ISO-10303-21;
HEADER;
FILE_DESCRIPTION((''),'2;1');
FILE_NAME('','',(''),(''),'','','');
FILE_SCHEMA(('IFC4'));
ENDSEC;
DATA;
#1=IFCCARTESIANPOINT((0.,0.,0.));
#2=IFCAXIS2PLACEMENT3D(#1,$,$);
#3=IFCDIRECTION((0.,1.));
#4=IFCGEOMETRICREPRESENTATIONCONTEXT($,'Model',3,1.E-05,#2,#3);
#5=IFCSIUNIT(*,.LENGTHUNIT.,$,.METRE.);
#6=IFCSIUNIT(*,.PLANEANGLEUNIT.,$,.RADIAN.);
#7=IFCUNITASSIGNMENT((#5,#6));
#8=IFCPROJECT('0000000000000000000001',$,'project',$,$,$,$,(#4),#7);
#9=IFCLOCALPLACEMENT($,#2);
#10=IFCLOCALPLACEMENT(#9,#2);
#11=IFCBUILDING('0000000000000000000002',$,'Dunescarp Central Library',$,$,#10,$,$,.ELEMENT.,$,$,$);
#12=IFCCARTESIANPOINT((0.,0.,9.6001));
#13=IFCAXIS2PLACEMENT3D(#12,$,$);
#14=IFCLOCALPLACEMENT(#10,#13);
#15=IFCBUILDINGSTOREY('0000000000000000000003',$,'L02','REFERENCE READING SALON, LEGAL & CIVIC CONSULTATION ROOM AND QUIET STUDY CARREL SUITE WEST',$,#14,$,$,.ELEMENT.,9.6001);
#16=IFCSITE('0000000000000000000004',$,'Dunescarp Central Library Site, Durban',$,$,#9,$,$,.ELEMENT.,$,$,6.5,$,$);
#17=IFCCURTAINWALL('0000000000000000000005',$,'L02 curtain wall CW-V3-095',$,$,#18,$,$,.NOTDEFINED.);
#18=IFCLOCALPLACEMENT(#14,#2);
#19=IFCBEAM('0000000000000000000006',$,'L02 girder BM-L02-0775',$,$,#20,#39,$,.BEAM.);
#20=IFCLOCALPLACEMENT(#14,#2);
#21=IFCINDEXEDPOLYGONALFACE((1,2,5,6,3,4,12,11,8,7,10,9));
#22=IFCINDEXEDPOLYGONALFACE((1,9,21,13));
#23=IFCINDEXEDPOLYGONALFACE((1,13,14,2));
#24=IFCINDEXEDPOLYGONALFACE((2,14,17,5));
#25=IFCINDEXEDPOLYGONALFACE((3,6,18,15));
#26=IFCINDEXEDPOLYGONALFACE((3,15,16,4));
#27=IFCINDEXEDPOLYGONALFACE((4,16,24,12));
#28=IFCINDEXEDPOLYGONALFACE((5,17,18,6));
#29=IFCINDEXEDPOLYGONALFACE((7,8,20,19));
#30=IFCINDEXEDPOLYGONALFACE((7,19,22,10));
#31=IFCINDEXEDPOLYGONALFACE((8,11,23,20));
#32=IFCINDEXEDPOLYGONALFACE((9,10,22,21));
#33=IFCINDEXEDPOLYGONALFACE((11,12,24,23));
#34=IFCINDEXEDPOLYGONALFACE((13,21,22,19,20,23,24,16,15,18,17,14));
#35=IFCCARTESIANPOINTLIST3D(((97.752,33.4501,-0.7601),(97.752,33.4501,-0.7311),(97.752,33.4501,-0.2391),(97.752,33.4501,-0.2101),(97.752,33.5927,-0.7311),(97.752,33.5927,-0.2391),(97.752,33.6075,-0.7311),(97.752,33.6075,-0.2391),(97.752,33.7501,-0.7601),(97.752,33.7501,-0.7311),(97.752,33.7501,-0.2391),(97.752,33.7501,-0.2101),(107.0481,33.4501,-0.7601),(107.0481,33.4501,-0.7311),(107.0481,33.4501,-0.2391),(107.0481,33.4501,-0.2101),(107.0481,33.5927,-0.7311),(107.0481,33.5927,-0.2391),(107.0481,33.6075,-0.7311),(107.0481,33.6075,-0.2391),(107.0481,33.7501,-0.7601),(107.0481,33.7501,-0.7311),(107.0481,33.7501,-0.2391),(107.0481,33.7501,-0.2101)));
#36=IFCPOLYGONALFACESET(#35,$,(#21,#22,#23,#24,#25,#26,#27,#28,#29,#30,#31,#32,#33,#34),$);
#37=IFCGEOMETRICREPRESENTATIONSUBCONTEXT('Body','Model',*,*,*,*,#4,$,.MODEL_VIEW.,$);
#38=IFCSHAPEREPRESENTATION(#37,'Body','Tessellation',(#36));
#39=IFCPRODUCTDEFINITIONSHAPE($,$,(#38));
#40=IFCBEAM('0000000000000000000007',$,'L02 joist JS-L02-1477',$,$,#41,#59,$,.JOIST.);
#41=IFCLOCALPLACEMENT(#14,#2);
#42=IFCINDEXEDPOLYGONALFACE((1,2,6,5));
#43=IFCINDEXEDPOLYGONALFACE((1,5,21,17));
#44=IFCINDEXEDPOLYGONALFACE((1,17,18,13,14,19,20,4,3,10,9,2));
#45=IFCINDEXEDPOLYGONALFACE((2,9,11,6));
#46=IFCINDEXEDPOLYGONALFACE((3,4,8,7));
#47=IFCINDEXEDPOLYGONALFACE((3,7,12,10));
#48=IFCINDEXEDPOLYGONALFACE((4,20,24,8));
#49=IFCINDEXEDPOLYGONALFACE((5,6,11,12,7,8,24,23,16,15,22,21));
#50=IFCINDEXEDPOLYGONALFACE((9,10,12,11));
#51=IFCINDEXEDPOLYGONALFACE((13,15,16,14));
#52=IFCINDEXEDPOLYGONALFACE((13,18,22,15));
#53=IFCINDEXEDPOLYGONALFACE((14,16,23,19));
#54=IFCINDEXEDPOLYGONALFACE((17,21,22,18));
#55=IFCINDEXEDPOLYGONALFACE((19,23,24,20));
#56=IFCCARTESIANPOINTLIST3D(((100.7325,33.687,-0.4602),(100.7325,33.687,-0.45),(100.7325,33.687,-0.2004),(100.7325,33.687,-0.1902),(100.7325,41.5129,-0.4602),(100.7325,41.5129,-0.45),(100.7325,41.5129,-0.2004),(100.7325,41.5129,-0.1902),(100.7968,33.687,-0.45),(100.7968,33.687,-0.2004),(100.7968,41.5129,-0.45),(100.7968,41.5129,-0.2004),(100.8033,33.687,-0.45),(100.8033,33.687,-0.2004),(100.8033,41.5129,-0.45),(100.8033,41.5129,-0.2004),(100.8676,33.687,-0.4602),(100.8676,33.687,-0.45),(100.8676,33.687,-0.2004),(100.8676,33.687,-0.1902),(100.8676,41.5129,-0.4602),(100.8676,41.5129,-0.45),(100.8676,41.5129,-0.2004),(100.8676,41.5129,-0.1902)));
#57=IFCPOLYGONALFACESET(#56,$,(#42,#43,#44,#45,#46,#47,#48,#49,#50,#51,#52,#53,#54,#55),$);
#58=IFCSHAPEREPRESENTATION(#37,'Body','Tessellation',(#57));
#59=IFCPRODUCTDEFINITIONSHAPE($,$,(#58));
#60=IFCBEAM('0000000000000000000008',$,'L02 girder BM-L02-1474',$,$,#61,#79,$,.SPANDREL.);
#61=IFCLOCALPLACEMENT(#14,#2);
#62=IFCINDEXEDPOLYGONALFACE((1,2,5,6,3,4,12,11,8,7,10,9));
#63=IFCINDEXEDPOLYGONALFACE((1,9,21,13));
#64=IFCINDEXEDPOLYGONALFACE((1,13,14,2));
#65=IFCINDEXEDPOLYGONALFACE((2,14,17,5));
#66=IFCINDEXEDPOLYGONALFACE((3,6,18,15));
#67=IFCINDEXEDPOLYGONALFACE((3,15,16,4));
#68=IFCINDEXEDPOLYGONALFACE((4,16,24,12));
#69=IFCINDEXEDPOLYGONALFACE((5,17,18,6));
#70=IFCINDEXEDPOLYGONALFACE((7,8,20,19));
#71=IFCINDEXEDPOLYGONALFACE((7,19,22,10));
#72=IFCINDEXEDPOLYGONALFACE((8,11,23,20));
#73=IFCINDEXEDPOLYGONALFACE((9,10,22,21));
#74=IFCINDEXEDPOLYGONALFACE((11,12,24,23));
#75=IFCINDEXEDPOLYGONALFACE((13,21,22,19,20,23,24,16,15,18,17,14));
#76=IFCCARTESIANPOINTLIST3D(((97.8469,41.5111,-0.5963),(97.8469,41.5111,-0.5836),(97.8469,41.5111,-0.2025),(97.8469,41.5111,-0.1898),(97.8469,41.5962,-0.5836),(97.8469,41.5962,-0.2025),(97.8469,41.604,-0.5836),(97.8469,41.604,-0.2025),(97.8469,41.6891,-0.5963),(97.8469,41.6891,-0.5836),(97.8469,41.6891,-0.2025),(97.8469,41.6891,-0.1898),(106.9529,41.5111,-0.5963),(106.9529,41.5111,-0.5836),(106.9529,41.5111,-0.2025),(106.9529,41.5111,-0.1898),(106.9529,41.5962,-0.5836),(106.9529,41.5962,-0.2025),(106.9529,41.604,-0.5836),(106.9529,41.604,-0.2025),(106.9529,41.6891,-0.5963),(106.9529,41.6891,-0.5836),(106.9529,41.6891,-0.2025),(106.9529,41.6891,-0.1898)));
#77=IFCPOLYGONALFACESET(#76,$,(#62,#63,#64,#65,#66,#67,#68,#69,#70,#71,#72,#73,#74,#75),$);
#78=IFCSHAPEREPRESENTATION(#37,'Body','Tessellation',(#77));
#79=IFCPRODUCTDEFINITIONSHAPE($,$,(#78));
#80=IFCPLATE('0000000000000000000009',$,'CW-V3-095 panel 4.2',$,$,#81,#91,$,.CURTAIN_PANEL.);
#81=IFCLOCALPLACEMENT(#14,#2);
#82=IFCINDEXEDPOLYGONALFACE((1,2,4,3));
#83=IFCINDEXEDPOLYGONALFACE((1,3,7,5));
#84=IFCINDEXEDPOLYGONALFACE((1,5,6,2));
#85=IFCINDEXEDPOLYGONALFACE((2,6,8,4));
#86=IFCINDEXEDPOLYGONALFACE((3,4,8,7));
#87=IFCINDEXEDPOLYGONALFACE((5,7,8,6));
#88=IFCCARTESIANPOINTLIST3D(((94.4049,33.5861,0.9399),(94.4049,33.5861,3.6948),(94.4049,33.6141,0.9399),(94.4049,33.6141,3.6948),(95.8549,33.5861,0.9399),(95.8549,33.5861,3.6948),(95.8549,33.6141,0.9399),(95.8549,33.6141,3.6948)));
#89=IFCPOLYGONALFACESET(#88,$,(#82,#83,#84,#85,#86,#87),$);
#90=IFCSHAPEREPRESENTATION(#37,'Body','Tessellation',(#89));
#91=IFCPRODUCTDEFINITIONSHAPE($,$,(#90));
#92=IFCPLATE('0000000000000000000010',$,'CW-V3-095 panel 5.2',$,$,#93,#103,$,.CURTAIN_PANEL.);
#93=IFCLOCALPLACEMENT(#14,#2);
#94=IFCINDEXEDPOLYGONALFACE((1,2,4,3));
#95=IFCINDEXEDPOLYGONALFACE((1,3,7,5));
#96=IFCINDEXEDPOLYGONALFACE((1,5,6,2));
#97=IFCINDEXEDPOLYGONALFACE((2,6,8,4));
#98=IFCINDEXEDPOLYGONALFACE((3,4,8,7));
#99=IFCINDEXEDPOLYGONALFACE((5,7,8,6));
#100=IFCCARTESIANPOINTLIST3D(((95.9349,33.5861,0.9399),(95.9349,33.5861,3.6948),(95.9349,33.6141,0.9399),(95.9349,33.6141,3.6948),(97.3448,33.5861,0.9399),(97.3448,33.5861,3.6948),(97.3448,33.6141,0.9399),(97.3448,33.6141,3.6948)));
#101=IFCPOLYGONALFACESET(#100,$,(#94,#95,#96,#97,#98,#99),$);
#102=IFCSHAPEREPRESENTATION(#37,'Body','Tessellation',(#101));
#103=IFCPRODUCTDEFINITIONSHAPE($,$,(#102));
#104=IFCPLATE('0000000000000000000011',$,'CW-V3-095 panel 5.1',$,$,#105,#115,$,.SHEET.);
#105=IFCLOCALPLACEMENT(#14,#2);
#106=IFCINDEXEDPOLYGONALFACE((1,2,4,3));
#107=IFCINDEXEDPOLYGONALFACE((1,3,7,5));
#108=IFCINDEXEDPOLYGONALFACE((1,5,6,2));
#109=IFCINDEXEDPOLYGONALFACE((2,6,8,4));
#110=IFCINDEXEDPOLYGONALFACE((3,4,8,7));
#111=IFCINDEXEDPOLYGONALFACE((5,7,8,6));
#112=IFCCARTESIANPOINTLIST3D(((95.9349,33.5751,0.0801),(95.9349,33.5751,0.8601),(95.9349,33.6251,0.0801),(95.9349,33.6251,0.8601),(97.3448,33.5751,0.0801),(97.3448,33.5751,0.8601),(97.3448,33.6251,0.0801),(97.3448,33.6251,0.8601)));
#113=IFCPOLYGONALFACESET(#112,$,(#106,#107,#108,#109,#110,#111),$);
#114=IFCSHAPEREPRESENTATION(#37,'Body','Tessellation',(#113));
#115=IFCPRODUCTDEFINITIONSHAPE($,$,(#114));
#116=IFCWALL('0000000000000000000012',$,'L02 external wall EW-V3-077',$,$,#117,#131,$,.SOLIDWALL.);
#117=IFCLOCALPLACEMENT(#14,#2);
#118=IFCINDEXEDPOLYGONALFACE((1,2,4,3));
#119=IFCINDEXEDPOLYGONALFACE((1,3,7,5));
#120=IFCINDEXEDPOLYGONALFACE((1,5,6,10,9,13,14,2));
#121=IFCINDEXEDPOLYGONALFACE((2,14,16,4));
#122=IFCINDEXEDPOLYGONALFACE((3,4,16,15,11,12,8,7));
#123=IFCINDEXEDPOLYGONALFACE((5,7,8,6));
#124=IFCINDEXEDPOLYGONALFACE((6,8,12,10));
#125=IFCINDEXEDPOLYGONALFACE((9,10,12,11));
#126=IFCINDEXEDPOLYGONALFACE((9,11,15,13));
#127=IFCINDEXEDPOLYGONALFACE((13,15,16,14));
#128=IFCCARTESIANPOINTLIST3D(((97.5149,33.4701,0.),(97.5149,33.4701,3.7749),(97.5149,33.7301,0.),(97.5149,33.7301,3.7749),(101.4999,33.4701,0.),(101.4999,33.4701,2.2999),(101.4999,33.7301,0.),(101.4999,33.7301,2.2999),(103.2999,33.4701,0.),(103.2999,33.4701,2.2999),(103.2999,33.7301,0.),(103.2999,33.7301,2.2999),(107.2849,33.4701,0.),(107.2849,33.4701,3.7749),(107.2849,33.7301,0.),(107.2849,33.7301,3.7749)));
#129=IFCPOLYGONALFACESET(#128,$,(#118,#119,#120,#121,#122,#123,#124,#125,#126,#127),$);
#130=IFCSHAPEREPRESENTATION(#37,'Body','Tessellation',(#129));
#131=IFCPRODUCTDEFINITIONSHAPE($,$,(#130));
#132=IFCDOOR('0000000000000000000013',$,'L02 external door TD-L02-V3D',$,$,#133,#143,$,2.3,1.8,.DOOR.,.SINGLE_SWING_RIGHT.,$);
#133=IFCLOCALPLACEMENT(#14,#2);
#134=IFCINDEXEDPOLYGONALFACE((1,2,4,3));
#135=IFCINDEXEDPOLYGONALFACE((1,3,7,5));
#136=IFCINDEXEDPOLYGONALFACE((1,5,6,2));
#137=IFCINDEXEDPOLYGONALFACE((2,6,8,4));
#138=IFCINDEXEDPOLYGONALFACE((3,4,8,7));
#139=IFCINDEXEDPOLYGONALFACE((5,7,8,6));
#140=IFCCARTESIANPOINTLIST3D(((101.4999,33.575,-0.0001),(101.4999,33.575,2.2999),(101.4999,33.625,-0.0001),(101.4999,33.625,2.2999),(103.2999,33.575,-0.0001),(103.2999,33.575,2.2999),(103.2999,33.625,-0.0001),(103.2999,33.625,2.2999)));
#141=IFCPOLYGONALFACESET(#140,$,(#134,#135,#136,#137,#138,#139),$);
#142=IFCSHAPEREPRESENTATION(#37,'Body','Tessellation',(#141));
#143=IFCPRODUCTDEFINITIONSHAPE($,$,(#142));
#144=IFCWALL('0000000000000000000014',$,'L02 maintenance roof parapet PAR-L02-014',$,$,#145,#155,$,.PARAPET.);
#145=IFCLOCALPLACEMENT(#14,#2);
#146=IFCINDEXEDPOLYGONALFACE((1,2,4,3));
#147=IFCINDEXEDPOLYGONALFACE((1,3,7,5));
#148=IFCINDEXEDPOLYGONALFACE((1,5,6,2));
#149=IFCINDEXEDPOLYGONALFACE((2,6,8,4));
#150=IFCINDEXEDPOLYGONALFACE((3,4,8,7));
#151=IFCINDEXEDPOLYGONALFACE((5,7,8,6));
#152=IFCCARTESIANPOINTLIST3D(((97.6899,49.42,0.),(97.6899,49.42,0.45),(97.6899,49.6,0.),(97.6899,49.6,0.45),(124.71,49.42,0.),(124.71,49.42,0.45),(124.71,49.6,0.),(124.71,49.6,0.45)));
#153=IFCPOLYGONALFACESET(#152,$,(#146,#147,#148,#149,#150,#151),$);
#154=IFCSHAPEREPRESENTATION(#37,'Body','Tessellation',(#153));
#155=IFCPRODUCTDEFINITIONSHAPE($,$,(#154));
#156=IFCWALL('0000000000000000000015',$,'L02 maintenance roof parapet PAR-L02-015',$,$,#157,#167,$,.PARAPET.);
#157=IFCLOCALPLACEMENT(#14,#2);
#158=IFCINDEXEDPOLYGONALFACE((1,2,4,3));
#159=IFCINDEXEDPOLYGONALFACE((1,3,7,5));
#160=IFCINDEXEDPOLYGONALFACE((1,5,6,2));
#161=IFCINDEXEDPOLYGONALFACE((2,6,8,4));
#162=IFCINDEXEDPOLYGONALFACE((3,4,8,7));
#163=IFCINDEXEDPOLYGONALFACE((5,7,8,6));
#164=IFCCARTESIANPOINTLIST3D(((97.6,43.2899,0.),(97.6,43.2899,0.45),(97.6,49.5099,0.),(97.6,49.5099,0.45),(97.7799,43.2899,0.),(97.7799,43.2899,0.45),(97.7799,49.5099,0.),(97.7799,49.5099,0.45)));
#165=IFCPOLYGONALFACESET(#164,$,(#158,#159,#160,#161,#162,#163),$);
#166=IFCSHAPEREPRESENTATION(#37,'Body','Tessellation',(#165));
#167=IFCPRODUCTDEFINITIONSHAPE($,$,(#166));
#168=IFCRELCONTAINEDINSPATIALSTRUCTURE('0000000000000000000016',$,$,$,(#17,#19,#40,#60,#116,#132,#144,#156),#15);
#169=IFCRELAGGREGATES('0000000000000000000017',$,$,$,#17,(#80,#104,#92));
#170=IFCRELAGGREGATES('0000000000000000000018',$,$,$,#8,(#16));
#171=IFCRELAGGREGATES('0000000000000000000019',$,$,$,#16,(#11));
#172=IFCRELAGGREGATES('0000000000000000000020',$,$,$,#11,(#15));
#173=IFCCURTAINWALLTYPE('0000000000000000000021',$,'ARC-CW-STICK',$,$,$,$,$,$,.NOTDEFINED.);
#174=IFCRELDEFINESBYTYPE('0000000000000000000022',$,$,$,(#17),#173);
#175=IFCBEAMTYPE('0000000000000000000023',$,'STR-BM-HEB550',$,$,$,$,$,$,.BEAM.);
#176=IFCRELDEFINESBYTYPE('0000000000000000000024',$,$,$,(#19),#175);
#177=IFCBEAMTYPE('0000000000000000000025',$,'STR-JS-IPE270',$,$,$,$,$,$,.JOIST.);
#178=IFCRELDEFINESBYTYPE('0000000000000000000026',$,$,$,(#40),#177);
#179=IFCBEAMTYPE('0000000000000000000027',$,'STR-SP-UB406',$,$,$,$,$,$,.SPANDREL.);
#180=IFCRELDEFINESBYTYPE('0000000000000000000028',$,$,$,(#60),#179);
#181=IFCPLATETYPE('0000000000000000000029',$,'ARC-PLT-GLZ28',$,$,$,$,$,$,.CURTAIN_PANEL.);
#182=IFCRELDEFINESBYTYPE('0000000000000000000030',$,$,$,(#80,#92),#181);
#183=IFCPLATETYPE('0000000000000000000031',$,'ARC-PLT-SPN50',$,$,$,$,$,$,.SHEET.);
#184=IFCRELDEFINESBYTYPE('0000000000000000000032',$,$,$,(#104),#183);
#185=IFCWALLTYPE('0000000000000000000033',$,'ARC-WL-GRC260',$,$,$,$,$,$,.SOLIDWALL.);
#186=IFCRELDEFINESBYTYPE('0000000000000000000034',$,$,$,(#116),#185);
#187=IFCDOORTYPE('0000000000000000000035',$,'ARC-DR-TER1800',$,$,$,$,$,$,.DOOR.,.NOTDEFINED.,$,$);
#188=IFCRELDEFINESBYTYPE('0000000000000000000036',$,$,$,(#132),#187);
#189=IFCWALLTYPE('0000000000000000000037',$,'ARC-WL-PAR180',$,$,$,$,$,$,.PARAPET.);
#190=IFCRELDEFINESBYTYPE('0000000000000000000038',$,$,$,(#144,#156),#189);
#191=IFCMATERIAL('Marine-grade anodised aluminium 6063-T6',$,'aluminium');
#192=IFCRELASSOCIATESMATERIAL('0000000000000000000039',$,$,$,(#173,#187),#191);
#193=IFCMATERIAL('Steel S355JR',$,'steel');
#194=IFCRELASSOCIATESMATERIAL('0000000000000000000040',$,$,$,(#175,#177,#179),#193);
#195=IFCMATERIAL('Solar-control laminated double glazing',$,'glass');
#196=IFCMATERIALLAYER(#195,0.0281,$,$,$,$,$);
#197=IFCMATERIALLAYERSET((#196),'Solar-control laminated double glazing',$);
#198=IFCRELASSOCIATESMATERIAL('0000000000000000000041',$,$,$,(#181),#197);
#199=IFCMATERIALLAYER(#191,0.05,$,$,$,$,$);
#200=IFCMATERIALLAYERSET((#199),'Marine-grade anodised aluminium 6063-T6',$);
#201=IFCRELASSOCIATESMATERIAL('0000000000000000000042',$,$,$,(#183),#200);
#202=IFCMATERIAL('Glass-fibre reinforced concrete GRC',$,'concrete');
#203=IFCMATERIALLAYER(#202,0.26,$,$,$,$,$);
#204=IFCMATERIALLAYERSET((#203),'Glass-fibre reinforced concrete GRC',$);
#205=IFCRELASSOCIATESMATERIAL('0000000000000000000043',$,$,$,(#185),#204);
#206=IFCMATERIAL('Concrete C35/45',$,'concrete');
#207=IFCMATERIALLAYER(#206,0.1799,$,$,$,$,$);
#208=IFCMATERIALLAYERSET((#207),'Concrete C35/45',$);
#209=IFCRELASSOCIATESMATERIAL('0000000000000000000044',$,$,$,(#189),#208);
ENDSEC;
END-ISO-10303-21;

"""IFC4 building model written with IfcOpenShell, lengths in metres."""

from ifc_helpers import new_model, si_unit, direction, frame, frame_2d, origin, origin_2d, place, context, subcontext, project, spatial, rectangle, i_section, extrude, material, layer, layer_set, material_profile, profile_set, type_object, element, fill, aggregate, save


model = new_model("IFC4")

# Units and contexts
model_context = context("Model", 3, precision=1e-05, world=origin(), true_north=direction((0.0, 1.0)))
body_context = subcontext(model_context, "Body", "Model", "MODEL_VIEW")
ifc_project = project(units=[si_unit("LENGTHUNIT", "METRE"), si_unit("PLANEANGLEUNIT", "RADIAN")], contexts=[model_context])

# Site, building, storey
site_placement = place(None, origin())
site = spatial("IfcSite", under=ifc_project, at=site_placement, Name="Dunescarp Central Library Site, Durban", CompositionType="ELEMENT", RefElevation=6.5)
building_placement = place(site_placement, origin())
building = spatial("IfcBuilding", under=site, at=building_placement, Name="Dunescarp Central Library", CompositionType="ELEMENT")
storey_placement = place(building_placement, frame((0.0, 0.0, 9.6001)))
storey = spatial("IfcBuildingStorey", under=building, at=storey_placement, Name="L02", Description="REFERENCE READING SALON, LEGAL & CIVIC CONSULTATION ROOM AND QUIET STUDY CARREL SUITE WEST", CompositionType="ELEMENT", Elevation=9.6001)

# Shared definitions
ifc_material_1 = material(Name="Steel S355JR", Category="steel")

# Curtain wall
ifc_material_2 = material(Name="Marine-grade anodised aluminium 6063-T6", Category="aluminium")
curtain_wall_type = type_object("IfcCurtainWallType", Name="ARC-CW-STICK", PredefinedType="NOTDEFINED", material=ifc_material_2)
curtain_wall_placement = place(storey_placement, origin())
curtain_wall = element("IfcCurtainWall", 1, at=curtain_wall_placement, inside=storey, type_object=curtain_wall_type, Name="L02 curtain wall CW-V3-095", PredefinedType="NOTDEFINED")

# Beams
ifc_material_profile_1 = material_profile(ifc_material_1, i_section(OverallWidth=0.3, OverallDepth=0.55, WebThickness=0.0149, FlangeThickness=0.0291, at=origin_2d()), Name="HEB 550")
ifc_profile_set_1 = profile_set([ifc_material_profile_1], Name="Steel S355JR")
beam_type_1 = type_object("IfcBeamType", Name="STR-BM-HEB550", PredefinedType="BEAM", material=ifc_profile_set_1)
beam_1_placement = place(storey_placement, frame((97.752, 33.6001, -0.4851), z_axis=(1.0, 0.0, 0.0), x_axis=(0.0, 1.0, 0.0)))
element("IfcBeam", 2, at=beam_1_placement, inside=storey, type_object=beam_type_1, Name="L02 girder BM-L02-0775", PredefinedType="BEAM", context=body_context, shape_type="SweptSolid", body=[
    extrude(i_section(OverallWidth=0.3, OverallDepth=0.55, WebThickness=0.0149, FlangeThickness=0.0291, at=origin_2d()), origin(), (0.0, 0.0, 1.0), 9.2961),
])
ifc_material_profile_2 = material_profile(ifc_material_1, i_section(OverallWidth=0.135, OverallDepth=0.27, WebThickness=0.0066, FlangeThickness=0.0103, at=origin_2d()), Name="IPE 270")
ifc_profile_set_2 = profile_set([ifc_material_profile_2], Name="Steel S355JR")
beam_type_2 = type_object("IfcBeamType", Name="STR-JS-IPE270", PredefinedType="JOIST", material=ifc_profile_set_2)
beam_2_placement = place(storey_placement, frame((100.8, 33.687, -0.3252), z_axis=(0.0, 1.0, 0.0), x_axis=(-1.0, 0.0, 0.0)))
element("IfcBeam", 3, at=beam_2_placement, inside=storey, type_object=beam_type_2, Name="L02 joist JS-L02-1477", PredefinedType="JOIST", context=body_context, shape_type="SweptSolid", body=[
    extrude(i_section(OverallWidth=0.135, OverallDepth=0.27, WebThickness=0.0066, FlangeThickness=0.0103, at=origin_2d()), origin(), (0.0, 0.0, 1.0), 7.8259),
])
ifc_material_profile_3 = material_profile(ifc_material_1, i_section(OverallWidth=0.178, OverallDepth=0.4065, WebThickness=0.0078, FlangeThickness=0.0127, at=origin_2d()), Name="UB 406x178x60")
ifc_profile_set_3 = profile_set([ifc_material_profile_3], Name="Steel S355JR")
beam_type_3 = type_object("IfcBeamType", Name="STR-SP-UB406", PredefinedType="SPANDREL", material=ifc_profile_set_3)
beam_3_placement = place(storey_placement, frame((97.8469, 41.6001, -0.3931), z_axis=(1.0, 0.0, 0.0), x_axis=(0.0, 1.0, 0.0)))
element("IfcBeam", 4, at=beam_3_placement, inside=storey, type_object=beam_type_3, Name="L02 girder BM-L02-1474", PredefinedType="SPANDREL", context=body_context, shape_type="SweptSolid", body=[
    extrude(i_section(OverallWidth=0.178, OverallDepth=0.4065, WebThickness=0.0078, FlangeThickness=0.0127, at=origin_2d()), origin(), (0.0, 0.0, 1.0), 9.106),
])

# Plates
ifc_material_3 = material(Name="Solar-control laminated double glazing", Category="glass")
ifc_layer_1 = layer(ifc_material_3, 0.0281)
ifc_layer_set_1 = layer_set([ifc_layer_1], Name="Solar-control laminated double glazing")
plate_type_1 = type_object("IfcPlateType", Name="ARC-PLT-GLZ28", PredefinedType="CURTAIN_PANEL", material=ifc_layer_set_1)
plate_1_placement = place(storey_placement, frame((95.1299, 33.6001, 0.9399), z_axis=(0.0, 0.0, 1.0), x_axis=(1.0, 0.0, 0.0)))
plate_1 = element("IfcPlate", 5, at=plate_1_placement, type_object=plate_type_1, Name="CW-V3-095 panel 4.2", PredefinedType="CURTAIN_PANEL", context=body_context, shape_type="SweptSolid", body=[
    extrude(rectangle(XDim=1.45, YDim=0.0281, at=origin_2d()), origin(), (0.0, 0.0, 1.0), 2.7549),
])
plate_2_placement = place(storey_placement, frame((96.6399, 33.6001, 0.9399), z_axis=(0.0, 0.0, 1.0), x_axis=(1.0, 0.0, 0.0)))
plate_2 = element("IfcPlate", 6, at=plate_2_placement, type_object=plate_type_1, Name="CW-V3-095 panel 5.2", PredefinedType="CURTAIN_PANEL", context=body_context, shape_type="SweptSolid", body=[
    extrude(rectangle(XDim=1.4099, YDim=0.0281, at=origin_2d()), origin(), (0.0, 0.0, 1.0), 2.7549),
])
ifc_layer_2 = layer(ifc_material_2, 0.05)
ifc_layer_set_2 = layer_set([ifc_layer_2], Name="Marine-grade anodised aluminium 6063-T6")
plate_type_2 = type_object("IfcPlateType", Name="ARC-PLT-SPN50", PredefinedType="SHEET", material=ifc_layer_set_2)
plate_3_placement = place(storey_placement, frame((96.6399, 33.6001, 0.0801), z_axis=(0.0, 0.0, 1.0), x_axis=(1.0, 0.0, 0.0)))
plate_3 = element("IfcPlate", 7, at=plate_3_placement, type_object=plate_type_2, Name="CW-V3-095 panel 5.1", PredefinedType="SHEET", context=body_context, shape_type="SweptSolid", body=[
    extrude(rectangle(XDim=1.4099, YDim=0.05, at=origin_2d()), origin(), (0.0, 0.0, 1.0), 0.78),
])
aggregate(curtain_wall, [plate_1, plate_3, plate_2])

# Wall, opening, door
ifc_material_4 = material(Name="Glass-fibre reinforced concrete GRC", Category="concrete")
ifc_layer_3 = layer(ifc_material_4, 0.26)
ifc_layer_set_3 = layer_set([ifc_layer_3], Name="Glass-fibre reinforced concrete GRC")
wall_type_1 = type_object("IfcWallType", Name="ARC-WL-GRC260", PredefinedType="SOLIDWALL", material=ifc_layer_set_3)
wall_1_placement = place(storey_placement, frame((97.5149, 33.6001, 0.0), z_axis=(0.0, 0.0, 1.0), x_axis=(1.0, 0.0, 0.0)))
wall_1 = element("IfcWall", 8, at=wall_1_placement, inside=storey, type_object=wall_type_1, Name="L02 external wall EW-V3-077", PredefinedType="SOLIDWALL", context=body_context, shape_type="SweptSolid", body=[
    extrude(rectangle(XDim=9.77, YDim=0.26, at=frame_2d((4.885, 0.0))), origin(), (0.0, 0.0, 1.0), 3.7749),
])
opening_placement = place(wall_1_placement, frame((3.9851, 0.0, 0.0)))
opening = element("IfcOpeningElement", 9, at=opening_placement, cuts=wall_1, PredefinedType="OPENING", context=body_context, shape_type="SweptSolid", body=[
    extrude(rectangle(XDim=1.8, YDim=2.3, at=frame_2d((0.8999, 1.1499))), frame((0.0, 0.1401, 0.0), z_axis=(0.0, -1.0, 0.0), x_axis=(1.0, 0.0, 0.0)), (0.0, 0.0, 1.0), 0.28),
])
door_type = type_object("IfcDoorType", Name="ARC-DR-TER1800", OperationType="NOTDEFINED", PredefinedType="DOOR", material=ifc_material_2)
door_placement = place(opening_placement, origin())
door = element("IfcDoor", 10, at=door_placement, inside=storey, type_object=door_type, Name="L02 external door TD-L02-V3D", OperationType="SINGLE_SWING_RIGHT", OverallHeight=2.3, OverallWidth=1.8, PredefinedType="DOOR", context=body_context, shape_type="SweptSolid", body=[
    extrude(rectangle(XDim=1.8, YDim=2.3, at=frame_2d((0.8999, 1.1499))), frame((0.0, 0.0249, 0.0), z_axis=(0.0, -1.0, 0.0), x_axis=(1.0, 0.0, 0.0)), (0.0, 0.0, 1.0), 0.05),
])
fill(opening, door)

# Walls
ifc_material_5 = material(Name="Concrete C35/45", Category="concrete")
ifc_layer_4 = layer(ifc_material_5, 0.1799)
ifc_layer_set_4 = layer_set([ifc_layer_4], Name="Concrete C35/45")
wall_type_2 = type_object("IfcWallType", Name="ARC-WL-PAR180", PredefinedType="PARAPET", material=ifc_layer_set_4)
wall_2_placement = place(storey_placement, frame((97.6899, 49.51, 0.0), z_axis=(0.0, 0.0, 1.0), x_axis=(1.0, 0.0, 0.0)))
element("IfcWall", 11, at=wall_2_placement, inside=storey, type_object=wall_type_2, Name="L02 maintenance roof parapet PAR-L02-014", PredefinedType="PARAPET", context=body_context, shape_type="SweptSolid", body=[
    extrude(rectangle(XDim=27.02, YDim=0.1799, at=frame_2d((13.51, 0.0))), origin(), (0.0, 0.0, 1.0), 0.45),
])
wall_3_placement = place(storey_placement, frame((97.6899, 43.29, 0.0), z_axis=(0.0, 0.0, 1.0), x_axis=(0.0, 1.0, 0.0)))
element("IfcWall", 12, at=wall_3_placement, inside=storey, type_object=wall_type_2, Name="L02 maintenance roof parapet PAR-L02-015", PredefinedType="PARAPET", context=body_context, shape_type="SweptSolid", body=[
    extrude(rectangle(XDim=6.22, YDim=0.1799, at=frame_2d((3.1099, 0.0))), origin(), (0.0, 0.0, 1.0), 0.45),
])

save(model, "model.ifc")
